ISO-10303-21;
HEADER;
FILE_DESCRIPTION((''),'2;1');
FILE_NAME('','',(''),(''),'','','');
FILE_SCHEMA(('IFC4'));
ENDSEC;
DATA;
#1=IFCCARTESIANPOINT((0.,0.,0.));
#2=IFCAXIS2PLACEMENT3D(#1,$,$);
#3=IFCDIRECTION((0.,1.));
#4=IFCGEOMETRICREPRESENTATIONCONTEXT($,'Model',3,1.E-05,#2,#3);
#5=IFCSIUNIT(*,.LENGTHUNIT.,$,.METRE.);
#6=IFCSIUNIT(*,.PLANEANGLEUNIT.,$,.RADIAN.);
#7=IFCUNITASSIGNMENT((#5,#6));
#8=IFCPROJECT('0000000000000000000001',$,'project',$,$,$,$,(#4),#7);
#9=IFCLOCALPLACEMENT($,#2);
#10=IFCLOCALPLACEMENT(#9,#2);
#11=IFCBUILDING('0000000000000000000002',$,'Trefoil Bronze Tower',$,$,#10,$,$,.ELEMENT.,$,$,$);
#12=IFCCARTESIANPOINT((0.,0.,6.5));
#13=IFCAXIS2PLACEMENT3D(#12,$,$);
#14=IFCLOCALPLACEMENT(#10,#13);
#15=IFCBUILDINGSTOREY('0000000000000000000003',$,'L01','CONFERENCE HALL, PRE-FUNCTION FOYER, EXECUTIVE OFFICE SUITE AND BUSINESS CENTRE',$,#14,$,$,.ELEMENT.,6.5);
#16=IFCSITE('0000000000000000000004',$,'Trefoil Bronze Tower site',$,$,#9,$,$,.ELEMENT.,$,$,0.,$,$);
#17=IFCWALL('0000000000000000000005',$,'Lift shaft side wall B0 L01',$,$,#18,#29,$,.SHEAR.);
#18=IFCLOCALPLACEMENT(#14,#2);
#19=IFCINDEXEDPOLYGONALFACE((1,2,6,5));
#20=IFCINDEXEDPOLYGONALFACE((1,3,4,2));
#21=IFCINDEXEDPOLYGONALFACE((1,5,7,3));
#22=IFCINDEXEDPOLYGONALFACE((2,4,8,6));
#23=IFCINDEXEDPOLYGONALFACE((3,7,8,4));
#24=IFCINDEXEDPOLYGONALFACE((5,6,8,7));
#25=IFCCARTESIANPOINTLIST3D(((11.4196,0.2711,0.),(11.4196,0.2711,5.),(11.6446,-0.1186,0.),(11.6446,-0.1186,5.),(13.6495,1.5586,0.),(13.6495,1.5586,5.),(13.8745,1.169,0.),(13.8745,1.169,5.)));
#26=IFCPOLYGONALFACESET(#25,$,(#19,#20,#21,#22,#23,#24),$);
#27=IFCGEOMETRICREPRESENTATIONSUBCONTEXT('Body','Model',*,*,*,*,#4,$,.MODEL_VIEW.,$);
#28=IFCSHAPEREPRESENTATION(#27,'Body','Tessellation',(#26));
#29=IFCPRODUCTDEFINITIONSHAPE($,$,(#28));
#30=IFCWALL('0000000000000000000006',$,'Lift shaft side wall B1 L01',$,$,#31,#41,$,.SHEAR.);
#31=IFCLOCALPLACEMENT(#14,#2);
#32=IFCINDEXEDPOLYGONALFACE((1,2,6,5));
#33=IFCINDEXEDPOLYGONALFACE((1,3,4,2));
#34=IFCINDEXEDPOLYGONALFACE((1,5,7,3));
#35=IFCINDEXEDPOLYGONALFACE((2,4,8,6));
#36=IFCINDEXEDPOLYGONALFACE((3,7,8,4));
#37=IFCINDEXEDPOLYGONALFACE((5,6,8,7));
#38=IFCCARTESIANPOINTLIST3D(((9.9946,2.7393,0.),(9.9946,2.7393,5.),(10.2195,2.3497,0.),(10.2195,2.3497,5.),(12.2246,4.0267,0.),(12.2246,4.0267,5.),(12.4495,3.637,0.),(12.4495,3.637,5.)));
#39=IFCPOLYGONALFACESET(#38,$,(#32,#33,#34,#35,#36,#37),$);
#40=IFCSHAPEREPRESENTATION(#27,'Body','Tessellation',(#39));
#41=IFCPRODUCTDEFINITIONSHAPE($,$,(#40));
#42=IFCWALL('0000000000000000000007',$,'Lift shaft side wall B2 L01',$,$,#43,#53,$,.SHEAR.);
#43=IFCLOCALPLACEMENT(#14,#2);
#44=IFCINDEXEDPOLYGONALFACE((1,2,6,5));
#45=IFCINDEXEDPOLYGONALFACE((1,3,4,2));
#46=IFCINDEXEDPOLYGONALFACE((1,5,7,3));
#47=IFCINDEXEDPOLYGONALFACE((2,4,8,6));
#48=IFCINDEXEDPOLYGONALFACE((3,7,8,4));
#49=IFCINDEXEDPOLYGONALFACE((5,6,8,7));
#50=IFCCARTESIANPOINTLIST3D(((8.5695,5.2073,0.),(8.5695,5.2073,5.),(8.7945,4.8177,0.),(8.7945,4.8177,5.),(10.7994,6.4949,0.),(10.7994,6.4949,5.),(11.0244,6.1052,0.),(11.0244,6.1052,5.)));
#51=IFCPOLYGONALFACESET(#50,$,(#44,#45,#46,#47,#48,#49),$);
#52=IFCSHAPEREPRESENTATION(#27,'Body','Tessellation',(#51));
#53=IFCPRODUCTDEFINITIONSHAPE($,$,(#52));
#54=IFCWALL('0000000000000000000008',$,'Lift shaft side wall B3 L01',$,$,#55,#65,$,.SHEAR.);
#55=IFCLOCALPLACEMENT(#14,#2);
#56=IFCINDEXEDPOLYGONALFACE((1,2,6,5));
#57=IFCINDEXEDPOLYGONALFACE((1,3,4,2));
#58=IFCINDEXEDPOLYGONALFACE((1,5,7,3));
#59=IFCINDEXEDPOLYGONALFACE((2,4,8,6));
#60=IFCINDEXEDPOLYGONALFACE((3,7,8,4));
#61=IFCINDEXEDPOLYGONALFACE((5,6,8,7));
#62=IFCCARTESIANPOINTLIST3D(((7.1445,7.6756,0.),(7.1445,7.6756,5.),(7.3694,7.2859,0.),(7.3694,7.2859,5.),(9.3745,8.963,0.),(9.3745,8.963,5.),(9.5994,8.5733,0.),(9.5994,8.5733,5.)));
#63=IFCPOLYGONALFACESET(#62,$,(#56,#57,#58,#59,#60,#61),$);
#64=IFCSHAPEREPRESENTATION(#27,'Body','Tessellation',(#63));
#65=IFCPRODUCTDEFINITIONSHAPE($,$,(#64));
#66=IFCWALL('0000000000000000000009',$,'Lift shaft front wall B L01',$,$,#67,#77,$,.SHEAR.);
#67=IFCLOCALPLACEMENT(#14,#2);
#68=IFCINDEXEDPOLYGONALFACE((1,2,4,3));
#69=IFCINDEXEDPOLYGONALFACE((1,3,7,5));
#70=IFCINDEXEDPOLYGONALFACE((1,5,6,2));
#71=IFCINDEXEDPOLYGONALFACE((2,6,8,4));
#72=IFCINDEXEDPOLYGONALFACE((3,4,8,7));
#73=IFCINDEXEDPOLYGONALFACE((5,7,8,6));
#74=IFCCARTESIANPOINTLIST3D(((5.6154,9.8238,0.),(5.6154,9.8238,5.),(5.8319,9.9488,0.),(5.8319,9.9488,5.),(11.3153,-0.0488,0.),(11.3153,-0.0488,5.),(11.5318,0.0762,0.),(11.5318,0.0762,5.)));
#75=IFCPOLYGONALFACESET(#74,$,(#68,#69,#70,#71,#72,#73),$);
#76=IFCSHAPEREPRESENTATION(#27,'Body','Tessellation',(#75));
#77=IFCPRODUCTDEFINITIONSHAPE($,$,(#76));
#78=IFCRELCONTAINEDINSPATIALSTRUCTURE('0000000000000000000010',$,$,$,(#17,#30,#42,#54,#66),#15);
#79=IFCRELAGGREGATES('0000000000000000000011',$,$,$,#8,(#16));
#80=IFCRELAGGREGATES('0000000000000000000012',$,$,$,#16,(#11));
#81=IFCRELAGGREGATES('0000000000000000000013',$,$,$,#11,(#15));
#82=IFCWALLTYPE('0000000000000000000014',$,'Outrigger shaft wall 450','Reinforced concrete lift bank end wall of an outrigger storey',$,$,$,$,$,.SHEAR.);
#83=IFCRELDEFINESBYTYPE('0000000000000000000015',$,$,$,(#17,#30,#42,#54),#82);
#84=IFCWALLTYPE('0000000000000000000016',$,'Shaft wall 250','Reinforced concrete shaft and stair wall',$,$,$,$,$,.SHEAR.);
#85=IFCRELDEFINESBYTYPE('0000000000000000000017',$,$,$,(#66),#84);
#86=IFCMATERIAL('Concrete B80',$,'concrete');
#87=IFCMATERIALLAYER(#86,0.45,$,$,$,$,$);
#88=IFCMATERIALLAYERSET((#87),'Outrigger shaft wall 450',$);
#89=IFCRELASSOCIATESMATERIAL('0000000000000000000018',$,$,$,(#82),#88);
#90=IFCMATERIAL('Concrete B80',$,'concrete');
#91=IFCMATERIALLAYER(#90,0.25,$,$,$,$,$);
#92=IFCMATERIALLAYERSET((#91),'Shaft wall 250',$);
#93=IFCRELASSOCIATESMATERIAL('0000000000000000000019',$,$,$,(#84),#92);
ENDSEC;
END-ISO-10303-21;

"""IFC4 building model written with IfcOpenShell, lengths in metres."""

from ifc_helpers import new_model, si_unit, direction, frame, frame_2d, origin, place, context, subcontext, project, spatial, rectangle, extrude, material, layer, layer_set, type_object, element, save


model = new_model("IFC4")

# Units and contexts
model_context = context("Model", 3, precision=1e-05, world=origin(), true_north=direction((0.0, 1.0)))
body_context = subcontext(model_context, "Body", "Model", "MODEL_VIEW")
ifc_project = project(units=[si_unit("LENGTHUNIT", "METRE"), si_unit("PLANEANGLEUNIT", "RADIAN")], contexts=[model_context])

# Site, building, storey
site_placement = place(None, origin())
site = spatial("IfcSite", under=ifc_project, at=site_placement, Name="Trefoil Bronze Tower site", CompositionType="ELEMENT", RefElevation=0.0)
building_placement = place(site_placement, origin())
building = spatial("IfcBuilding", under=site, at=building_placement, Name="Trefoil Bronze Tower", CompositionType="ELEMENT")
storey_placement = place(building_placement, frame((0.0, 0.0, 6.5)))
storey = spatial("IfcBuildingStorey", under=building, at=storey_placement, Name="L01", Description="CONFERENCE HALL, PRE-FUNCTION FOYER, EXECUTIVE OFFICE SUITE AND BUSINESS CENTRE", CompositionType="ELEMENT", Elevation=6.5)

# Walls
ifc_material_1 = material(Name="Concrete B80", Category="concrete")
ifc_layer_1 = layer(ifc_material_1, 0.45)
ifc_layer_set_1 = layer_set([ifc_layer_1], Name="Outrigger shaft wall 450")
wall_type_1 = type_object("IfcWallType", Name="Outrigger shaft wall 450", Description="Reinforced concrete lift bank end wall of an outrigger storey", PredefinedType="SHEAR", material=ifc_layer_set_1)
for number, where, z_axis, x_axis, name in (
    (1, (11.532, 0.0762, 0.0), (0.0, 0.0, 1.0), (0.866006, 0.500034, 0.0), "Lift shaft side wall B0 L01"),
    (2, (10.1069, 2.5444, 0.0), (0.0, 0.0, 1.0), (0.866047, 0.499963, 0.0), "Lift shaft side wall B1 L01"),
    (3, (8.6819, 5.0125, 0.0), (0.0, 0.0, 1.0), (0.866006, 0.500034, 0.0), "Lift shaft side wall B2 L01"),
    (4, (7.2568, 7.4807, 0.0), (0.0, 0.0, 1.0), (0.866047, 0.499963, 0.0), "Lift shaft side wall B3 L01"),
):
    element("IfcWall", number, at=place(storey_placement, frame(where, z_axis=z_axis, x_axis=x_axis)), inside=storey, type_object=wall_type_1, Name=name, PredefinedType="SHEAR", context=body_context, shape_type="SweptSolid", body=[
        extrude(rectangle(XDim=2.575, YDim=0.45, at=frame_2d((1.2876, 0.0))), origin(), (0.0, 0.0, 1.0), 5.0),
    ])
ifc_material_2 = material(Name="Concrete B80", Category="concrete")
ifc_layer_2 = layer(ifc_material_2, 0.25)
ifc_layer_set_2 = layer_set([ifc_layer_2], Name="Shaft wall 250")
wall_type_2 = type_object("IfcWallType", Name="Shaft wall 250", Description="Reinforced concrete shaft and stair wall", PredefinedType="SHEAR", material=ifc_layer_set_2)
wall_1_placement = place(storey_placement, frame((11.4236, 0.0137, 0.0), z_axis=(0.0, 0.0, 1.0), x_axis=(-0.500002, 0.866024, 0.0)))
element("IfcWall", 5, at=wall_1_placement, inside=storey, type_object=wall_type_2, Name="Lift shaft front wall B L01", PredefinedType="SHEAR", context=body_context, shape_type="SweptSolid", body=[
    extrude(rectangle(XDim=11.3999, YDim=0.25, at=frame_2d((5.7, 0.0))), origin(), (0.0, 0.0, 1.0), 5.0),
])

save(model, "model.ifc")
